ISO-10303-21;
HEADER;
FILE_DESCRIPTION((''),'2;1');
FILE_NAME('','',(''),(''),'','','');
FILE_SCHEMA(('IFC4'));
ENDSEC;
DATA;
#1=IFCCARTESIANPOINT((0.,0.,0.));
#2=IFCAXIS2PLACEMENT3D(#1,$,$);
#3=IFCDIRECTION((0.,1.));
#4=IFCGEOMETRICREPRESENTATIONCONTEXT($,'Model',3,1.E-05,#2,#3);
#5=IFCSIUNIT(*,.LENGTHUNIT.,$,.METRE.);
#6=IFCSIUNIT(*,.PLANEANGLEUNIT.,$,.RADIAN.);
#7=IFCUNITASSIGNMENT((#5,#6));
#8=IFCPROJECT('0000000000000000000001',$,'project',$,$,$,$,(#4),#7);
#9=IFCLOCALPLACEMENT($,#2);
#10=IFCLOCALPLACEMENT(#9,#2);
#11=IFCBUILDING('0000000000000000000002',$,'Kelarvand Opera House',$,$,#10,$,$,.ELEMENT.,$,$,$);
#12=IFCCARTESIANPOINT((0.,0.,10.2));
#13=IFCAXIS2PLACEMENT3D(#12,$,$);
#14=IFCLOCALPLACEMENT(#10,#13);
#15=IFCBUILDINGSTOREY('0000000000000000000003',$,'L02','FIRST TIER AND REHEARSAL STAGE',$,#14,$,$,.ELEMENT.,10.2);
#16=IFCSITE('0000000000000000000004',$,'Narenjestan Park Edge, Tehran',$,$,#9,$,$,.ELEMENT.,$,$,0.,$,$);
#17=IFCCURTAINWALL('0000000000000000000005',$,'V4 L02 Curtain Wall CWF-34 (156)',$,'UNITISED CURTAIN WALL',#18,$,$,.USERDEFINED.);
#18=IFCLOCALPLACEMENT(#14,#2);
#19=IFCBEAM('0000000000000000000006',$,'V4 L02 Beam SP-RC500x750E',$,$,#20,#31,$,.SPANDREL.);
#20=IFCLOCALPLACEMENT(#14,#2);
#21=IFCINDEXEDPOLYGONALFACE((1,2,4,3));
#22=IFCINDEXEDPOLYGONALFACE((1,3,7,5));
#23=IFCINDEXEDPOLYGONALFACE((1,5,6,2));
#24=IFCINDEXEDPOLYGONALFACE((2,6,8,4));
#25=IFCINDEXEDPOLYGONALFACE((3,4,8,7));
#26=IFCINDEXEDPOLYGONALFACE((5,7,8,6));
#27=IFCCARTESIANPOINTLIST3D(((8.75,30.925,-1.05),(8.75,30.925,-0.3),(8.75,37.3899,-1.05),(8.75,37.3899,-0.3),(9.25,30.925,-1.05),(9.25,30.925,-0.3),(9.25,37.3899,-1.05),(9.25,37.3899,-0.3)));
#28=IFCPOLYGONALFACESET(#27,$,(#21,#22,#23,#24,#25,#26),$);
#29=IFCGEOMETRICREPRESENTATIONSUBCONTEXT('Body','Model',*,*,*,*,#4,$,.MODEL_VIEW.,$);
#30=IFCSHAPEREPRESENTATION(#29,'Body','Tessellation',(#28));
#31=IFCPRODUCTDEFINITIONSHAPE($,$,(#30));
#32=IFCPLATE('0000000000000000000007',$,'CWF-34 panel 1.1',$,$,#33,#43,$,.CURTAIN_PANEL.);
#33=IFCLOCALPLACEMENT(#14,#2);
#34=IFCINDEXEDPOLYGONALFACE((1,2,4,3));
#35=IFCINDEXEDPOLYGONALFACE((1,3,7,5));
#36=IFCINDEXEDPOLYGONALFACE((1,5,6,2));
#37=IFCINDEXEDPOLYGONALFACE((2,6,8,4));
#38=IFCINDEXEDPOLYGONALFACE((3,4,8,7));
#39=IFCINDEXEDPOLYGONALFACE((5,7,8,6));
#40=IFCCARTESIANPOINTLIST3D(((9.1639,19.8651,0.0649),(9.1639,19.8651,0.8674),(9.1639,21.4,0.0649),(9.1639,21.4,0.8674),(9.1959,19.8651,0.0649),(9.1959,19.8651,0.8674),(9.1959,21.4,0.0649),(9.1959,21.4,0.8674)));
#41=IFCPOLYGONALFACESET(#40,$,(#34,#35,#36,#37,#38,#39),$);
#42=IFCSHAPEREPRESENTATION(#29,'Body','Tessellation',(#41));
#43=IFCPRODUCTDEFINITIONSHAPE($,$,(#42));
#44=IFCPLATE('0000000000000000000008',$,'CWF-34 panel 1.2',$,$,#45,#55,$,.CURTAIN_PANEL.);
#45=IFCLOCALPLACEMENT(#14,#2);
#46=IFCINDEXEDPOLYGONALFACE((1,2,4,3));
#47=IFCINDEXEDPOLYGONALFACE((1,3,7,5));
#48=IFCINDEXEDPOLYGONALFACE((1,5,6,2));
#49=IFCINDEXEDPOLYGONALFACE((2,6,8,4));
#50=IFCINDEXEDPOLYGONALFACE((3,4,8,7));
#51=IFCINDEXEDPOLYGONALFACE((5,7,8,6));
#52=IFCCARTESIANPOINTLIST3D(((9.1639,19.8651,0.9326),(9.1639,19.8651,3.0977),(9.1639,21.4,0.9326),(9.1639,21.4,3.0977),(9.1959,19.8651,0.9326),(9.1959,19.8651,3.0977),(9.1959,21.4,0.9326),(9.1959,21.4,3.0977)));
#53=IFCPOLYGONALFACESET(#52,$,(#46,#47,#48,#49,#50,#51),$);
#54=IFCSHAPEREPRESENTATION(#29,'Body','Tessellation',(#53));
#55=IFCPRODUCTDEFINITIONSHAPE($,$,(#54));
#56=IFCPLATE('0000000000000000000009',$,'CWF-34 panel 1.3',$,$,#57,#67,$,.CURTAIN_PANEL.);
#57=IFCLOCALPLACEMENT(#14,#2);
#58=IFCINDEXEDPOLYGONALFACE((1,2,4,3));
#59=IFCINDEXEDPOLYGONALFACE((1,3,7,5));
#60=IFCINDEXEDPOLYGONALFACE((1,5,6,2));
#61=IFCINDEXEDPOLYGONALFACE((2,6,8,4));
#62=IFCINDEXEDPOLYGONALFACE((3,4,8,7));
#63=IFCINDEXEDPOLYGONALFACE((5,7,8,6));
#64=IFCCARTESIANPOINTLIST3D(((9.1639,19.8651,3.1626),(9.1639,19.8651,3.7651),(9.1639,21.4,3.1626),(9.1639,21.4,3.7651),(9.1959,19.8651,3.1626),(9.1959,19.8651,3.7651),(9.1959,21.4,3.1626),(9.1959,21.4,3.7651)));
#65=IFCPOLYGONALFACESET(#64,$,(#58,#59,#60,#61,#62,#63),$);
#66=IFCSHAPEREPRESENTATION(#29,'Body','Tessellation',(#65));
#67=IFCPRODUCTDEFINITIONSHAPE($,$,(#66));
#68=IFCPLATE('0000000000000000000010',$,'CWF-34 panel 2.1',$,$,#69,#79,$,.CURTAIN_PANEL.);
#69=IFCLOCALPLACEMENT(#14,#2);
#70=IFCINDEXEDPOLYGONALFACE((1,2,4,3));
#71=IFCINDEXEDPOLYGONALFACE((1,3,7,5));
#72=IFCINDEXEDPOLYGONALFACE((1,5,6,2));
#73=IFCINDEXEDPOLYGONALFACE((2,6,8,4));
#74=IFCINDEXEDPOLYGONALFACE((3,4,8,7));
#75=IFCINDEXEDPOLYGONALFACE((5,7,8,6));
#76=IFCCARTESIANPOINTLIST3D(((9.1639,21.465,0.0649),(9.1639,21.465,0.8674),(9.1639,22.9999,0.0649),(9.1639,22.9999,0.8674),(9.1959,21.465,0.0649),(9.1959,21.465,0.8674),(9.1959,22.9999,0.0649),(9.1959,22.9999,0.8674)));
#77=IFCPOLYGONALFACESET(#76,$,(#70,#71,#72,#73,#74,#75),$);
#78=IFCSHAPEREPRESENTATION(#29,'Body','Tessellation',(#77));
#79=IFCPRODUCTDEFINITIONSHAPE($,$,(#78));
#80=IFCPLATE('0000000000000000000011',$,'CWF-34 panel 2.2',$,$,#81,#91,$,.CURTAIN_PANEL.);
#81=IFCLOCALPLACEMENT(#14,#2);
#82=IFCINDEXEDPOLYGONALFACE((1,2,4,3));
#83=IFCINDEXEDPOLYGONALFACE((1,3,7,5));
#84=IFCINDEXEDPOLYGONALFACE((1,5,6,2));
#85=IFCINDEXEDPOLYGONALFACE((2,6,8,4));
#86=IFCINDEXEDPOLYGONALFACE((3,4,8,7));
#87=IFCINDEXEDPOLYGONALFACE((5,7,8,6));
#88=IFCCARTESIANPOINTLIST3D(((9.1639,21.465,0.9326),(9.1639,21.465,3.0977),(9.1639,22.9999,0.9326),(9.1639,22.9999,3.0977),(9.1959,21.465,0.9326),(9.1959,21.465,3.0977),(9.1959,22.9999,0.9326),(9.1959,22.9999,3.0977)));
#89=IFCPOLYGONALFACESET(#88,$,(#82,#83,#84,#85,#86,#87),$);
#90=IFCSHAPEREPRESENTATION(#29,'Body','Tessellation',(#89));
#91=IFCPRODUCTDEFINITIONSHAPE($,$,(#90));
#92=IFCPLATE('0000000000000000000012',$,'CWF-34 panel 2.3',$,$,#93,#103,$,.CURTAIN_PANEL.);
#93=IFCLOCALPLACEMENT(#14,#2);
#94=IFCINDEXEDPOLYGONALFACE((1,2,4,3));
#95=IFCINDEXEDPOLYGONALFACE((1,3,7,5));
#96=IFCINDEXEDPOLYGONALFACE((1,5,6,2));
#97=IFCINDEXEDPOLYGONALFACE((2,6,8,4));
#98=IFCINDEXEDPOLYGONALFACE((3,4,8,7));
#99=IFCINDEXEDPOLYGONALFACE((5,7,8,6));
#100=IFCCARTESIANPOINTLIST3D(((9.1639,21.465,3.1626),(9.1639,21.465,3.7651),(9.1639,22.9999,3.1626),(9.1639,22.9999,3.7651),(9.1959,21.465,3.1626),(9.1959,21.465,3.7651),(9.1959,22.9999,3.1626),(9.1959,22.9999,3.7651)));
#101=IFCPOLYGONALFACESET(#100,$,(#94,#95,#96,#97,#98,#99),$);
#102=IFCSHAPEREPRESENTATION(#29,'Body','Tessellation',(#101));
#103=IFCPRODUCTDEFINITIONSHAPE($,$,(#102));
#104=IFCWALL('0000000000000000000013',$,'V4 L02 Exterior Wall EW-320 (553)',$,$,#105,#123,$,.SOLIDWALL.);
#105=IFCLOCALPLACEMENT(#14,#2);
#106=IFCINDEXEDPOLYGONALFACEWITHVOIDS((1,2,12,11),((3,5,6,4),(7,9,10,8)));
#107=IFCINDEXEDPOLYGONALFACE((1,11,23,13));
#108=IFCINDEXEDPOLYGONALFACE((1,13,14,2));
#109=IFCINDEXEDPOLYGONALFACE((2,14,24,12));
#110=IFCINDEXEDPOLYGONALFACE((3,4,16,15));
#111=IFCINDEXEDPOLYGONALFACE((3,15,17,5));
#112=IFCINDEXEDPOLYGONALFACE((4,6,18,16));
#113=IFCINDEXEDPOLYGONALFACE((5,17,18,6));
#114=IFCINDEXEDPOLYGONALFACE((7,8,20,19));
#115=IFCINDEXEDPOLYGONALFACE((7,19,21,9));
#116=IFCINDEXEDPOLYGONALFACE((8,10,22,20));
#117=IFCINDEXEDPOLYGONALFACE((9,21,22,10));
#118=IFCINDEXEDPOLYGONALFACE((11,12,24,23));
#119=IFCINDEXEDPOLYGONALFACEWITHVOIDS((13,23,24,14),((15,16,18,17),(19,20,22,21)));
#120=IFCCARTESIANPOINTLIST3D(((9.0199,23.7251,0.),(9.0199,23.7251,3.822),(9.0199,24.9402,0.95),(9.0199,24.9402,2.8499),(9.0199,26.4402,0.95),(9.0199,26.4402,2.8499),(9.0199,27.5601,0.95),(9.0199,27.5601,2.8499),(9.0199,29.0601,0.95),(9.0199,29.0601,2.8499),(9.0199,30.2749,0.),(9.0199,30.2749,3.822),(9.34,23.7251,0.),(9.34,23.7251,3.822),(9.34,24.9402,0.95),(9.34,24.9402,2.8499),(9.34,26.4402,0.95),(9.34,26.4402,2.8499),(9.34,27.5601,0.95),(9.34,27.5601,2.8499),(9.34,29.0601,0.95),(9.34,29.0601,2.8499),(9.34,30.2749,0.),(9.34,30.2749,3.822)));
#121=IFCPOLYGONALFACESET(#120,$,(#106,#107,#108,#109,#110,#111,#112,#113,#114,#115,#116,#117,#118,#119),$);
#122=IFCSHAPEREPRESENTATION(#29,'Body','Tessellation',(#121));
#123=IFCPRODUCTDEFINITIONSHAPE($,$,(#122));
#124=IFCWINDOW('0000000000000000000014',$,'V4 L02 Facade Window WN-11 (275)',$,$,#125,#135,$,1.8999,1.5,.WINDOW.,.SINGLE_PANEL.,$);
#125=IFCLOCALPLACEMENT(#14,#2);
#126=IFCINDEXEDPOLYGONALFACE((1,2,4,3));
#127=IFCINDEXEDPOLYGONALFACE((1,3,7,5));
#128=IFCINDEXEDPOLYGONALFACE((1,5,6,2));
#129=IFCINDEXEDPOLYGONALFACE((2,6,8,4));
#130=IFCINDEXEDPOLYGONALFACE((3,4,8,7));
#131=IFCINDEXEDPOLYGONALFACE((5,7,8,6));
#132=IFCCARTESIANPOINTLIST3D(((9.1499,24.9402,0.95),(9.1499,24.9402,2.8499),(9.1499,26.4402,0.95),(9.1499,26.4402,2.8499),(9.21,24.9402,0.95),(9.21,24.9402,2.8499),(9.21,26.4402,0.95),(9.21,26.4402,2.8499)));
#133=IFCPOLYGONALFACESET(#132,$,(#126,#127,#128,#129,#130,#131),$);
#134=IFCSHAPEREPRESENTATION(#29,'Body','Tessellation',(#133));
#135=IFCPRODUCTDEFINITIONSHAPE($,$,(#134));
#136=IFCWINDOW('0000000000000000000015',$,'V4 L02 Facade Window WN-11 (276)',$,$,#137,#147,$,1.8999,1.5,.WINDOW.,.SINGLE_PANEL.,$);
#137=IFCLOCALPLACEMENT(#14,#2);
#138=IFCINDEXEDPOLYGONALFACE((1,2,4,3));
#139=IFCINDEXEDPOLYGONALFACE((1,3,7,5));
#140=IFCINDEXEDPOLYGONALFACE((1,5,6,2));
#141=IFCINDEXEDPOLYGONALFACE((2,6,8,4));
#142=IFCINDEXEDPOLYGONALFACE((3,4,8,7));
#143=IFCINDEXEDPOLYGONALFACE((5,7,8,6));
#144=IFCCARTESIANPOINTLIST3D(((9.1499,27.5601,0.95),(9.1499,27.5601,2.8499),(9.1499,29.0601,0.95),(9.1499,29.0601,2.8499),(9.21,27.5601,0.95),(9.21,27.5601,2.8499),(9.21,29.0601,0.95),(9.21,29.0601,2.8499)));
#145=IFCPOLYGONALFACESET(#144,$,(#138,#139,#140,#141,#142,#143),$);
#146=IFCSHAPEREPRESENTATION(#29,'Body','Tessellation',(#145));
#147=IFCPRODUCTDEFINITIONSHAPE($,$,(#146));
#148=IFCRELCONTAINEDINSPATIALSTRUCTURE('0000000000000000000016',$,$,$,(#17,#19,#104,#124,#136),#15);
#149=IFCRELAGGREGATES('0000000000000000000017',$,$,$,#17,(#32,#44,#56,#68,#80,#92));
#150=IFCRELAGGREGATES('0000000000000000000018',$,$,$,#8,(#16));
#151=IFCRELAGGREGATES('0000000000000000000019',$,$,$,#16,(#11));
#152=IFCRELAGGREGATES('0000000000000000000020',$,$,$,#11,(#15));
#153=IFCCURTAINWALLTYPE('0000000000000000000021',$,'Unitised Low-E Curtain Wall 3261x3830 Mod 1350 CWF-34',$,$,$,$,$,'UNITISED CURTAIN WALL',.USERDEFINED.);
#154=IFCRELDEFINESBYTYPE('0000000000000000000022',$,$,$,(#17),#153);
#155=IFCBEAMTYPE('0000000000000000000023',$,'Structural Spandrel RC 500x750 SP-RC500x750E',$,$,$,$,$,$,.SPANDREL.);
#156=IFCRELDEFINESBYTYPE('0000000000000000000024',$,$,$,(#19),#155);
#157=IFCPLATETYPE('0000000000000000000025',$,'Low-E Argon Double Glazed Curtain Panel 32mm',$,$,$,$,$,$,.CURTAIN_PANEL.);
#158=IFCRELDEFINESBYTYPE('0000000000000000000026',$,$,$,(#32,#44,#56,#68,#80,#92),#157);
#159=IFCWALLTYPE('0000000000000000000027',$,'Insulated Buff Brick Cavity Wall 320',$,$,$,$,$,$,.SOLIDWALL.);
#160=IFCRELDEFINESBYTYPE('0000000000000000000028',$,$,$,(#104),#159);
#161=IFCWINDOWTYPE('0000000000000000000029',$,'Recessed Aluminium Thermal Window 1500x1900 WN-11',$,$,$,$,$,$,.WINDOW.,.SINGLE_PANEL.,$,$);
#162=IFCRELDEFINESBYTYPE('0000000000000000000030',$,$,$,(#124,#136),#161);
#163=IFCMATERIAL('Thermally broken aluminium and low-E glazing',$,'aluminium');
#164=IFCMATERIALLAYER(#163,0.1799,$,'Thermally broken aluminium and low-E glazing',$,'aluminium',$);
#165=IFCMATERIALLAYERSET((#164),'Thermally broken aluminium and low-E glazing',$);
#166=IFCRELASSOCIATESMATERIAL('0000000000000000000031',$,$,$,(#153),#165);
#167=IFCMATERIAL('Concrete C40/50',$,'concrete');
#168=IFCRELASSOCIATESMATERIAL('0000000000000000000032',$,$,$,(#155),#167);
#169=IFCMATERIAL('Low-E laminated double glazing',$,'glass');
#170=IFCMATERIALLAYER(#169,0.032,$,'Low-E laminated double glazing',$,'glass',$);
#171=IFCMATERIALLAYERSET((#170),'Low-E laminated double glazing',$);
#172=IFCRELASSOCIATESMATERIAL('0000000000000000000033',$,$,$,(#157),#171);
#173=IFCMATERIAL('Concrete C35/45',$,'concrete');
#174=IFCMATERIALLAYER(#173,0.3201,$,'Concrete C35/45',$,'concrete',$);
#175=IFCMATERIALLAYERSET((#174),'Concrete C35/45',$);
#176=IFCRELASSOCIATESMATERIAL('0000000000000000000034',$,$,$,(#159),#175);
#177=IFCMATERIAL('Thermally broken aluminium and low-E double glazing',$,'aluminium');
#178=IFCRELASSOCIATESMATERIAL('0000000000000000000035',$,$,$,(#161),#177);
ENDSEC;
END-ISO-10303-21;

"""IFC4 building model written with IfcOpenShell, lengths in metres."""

from ifc_helpers import new_model, si_unit, direction, frame, frame_2d, origin, origin_2d, place, context, subcontext, project, spatial, rectangle, extrude, material, layer, layer_set, material_profile, profile_set, type_object, element, fill, aggregate, save


model = new_model("IFC4")

# Units and contexts
model_context = context("Model", 3, precision=1e-05, world=origin(), true_north=direction((0.0, 1.0)))
body_context = subcontext(model_context, "Body", "Model", "MODEL_VIEW")
ifc_project = project(units=[si_unit("LENGTHUNIT", "METRE"), si_unit("PLANEANGLEUNIT", "RADIAN")], contexts=[model_context])

# Site, building, storey
site_placement = place(None, origin())
site = spatial("IfcSite", under=ifc_project, at=site_placement, Name="Narenjestan Park Edge, Tehran", CompositionType="ELEMENT", RefElevation=0.0)
building_placement = place(site_placement, origin())
building = spatial("IfcBuilding", under=site, at=building_placement, Name="Kelarvand Opera House", CompositionType="ELEMENT")
storey_placement = place(building_placement, frame((0.0, 0.0, 10.2)))
storey = spatial("IfcBuildingStorey", under=building, at=storey_placement, Name="L02", Description="FIRST TIER AND REHEARSAL STAGE", CompositionType="ELEMENT", Elevation=10.2)

# Shared definitions
ifc_material_1 = material(Name="Concrete C40/50", Category="concrete")

# Curtain wall
ifc_material_2 = material(Name="Thermally broken aluminium and low-E glazing", Category="aluminium")
ifc_layer_1 = layer(ifc_material_2, 0.1799, Name="Thermally broken aluminium and low-E glazing", Category="aluminium")
ifc_layer_set_1 = layer_set([ifc_layer_1], Name="Thermally broken aluminium and low-E glazing")
curtain_wall_type_1 = type_object("IfcCurtainWallType", Name="Unitised Low-E Curtain Wall 3261x3830 Mod 1350 CWF-34", ElementType="UNITISED CURTAIN WALL", PredefinedType="USERDEFINED", material=ifc_layer_set_1)
curtain_wall_1_placement = place(storey_placement, origin())
curtain_wall_1 = element("IfcCurtainWall", 1, at=curtain_wall_1_placement, inside=storey, type_object=curtain_wall_type_1, Name="V4 L02 Curtain Wall CWF-34 (156)", ObjectType="UNITISED CURTAIN WALL", PredefinedType="USERDEFINED")

# Beam
ifc_material_profile_1 = material_profile(ifc_material_1, rectangle(XDim=0.5, YDim=0.75, at=origin_2d()), Name="RC 500x750", Category="concrete")
ifc_profile_set_1 = profile_set([ifc_material_profile_1], Name="Concrete C40/50")
beam_type_1 = type_object("IfcBeamType", Name="Structural Spandrel RC 500x750 SP-RC500x750E", PredefinedType="SPANDREL", material=ifc_profile_set_1)
beam_1_placement = place(storey_placement, frame((9.0, 30.925, -0.675), z_axis=(0.0, 1.0, 0.0), x_axis=(-1.0, 0.0, 0.0)))
element("IfcBeam", 2, at=beam_1_placement, inside=storey, type_object=beam_type_1, Name="V4 L02 Beam SP-RC500x750E", PredefinedType="SPANDREL", context=body_context, shape_type="SweptSolid", body=[
    extrude(rectangle(XDim=0.5, YDim=0.75, at=origin_2d()), origin(), (0.0, 0.0, 1.0), 6.4648),
])

# Plates
ifc_material_3 = material(Name="Low-E laminated double glazing", Category="glass")
ifc_layer_2 = layer(ifc_material_3, 0.032, Name="Low-E laminated double glazing", Category="glass")
ifc_layer_set_2 = layer_set([ifc_layer_2], Name="Low-E laminated double glazing")
plate_type = type_object("IfcPlateType", Name="Low-E Argon Double Glazed Curtain Panel 32mm", PredefinedType="CURTAIN_PANEL", material=ifc_layer_set_2)
plate_1_placement = place(storey_placement, frame((9.1799, 20.6326, 0.0649), z_axis=(0.0, 0.0, 1.0), x_axis=(0.0, 1.0, 0.0)))
plate_1 = element("IfcPlate", 3, at=plate_1_placement, type_object=plate_type, Name="CWF-34 panel 1.1", PredefinedType="CURTAIN_PANEL", context=body_context, shape_type="SweptSolid", body=[
    extrude(rectangle(XDim=1.5349, YDim=0.032, at=origin_2d()), origin(), (0.0, 0.0, 1.0), 0.8025),
])
plate_2_placement = place(storey_placement, frame((9.1799, 20.6326, 0.9326), z_axis=(0.0, 0.0, 1.0), x_axis=(0.0, 1.0, 0.0)))
plate_2 = element("IfcPlate", 4, at=plate_2_placement, type_object=plate_type, Name="CWF-34 panel 1.2", PredefinedType="CURTAIN_PANEL", context=body_context, shape_type="SweptSolid", body=[
    extrude(rectangle(XDim=1.5349, YDim=0.032, at=origin_2d()), origin(), (0.0, 0.0, 1.0), 2.165),
])
plate_3_placement = place(storey_placement, frame((9.1799, 20.6326, 3.1626), z_axis=(0.0, 0.0, 1.0), x_axis=(0.0, 1.0, 0.0)))
plate_3 = element("IfcPlate", 5, at=plate_3_placement, type_object=plate_type, Name="CWF-34 panel 1.3", PredefinedType="CURTAIN_PANEL", context=body_context, shape_type="SweptSolid", body=[
    extrude(rectangle(XDim=1.5349, YDim=0.032, at=origin_2d()), origin(), (0.0, 0.0, 1.0), 0.6025),
])
plate_4_placement = place(storey_placement, frame((9.1799, 22.2324, 0.0649), z_axis=(0.0, 0.0, 1.0), x_axis=(0.0, 1.0, 0.0)))
plate_4 = element("IfcPlate", 6, at=plate_4_placement, type_object=plate_type, Name="CWF-34 panel 2.1", PredefinedType="CURTAIN_PANEL", context=body_context, shape_type="SweptSolid", body=[
    extrude(rectangle(XDim=1.5349, YDim=0.032, at=origin_2d()), origin(), (0.0, 0.0, 1.0), 0.8025),
])
plate_5_placement = place(storey_placement, frame((9.1799, 22.2324, 0.9326), z_axis=(0.0, 0.0, 1.0), x_axis=(0.0, 1.0, 0.0)))
plate_5 = element("IfcPlate", 7, at=plate_5_placement, type_object=plate_type, Name="CWF-34 panel 2.2", PredefinedType="CURTAIN_PANEL", context=body_context, shape_type="SweptSolid", body=[
    extrude(rectangle(XDim=1.5349, YDim=0.032, at=origin_2d()), origin(), (0.0, 0.0, 1.0), 2.165),
])
plate_6_placement = place(storey_placement, frame((9.1799, 22.2324, 3.1626), z_axis=(0.0, 0.0, 1.0), x_axis=(0.0, 1.0, 0.0)))
plate_6 = element("IfcPlate", 8, at=plate_6_placement, type_object=plate_type, Name="CWF-34 panel 2.3", PredefinedType="CURTAIN_PANEL", context=body_context, shape_type="SweptSolid", body=[
    extrude(rectangle(XDim=1.5349, YDim=0.032, at=origin_2d()), origin(), (0.0, 0.0, 1.0), 0.6025),
])
aggregate(curtain_wall_1, [plate_1, plate_2, plate_3, plate_4, plate_5, plate_6])

# Wall, openings, windows
ifc_material_4 = material(Name="Concrete C35/45", Category="concrete")
ifc_layer_3 = layer(ifc_material_4, 0.3201, Name="Concrete C35/45", Category="concrete")
ifc_layer_set_3 = layer_set([ifc_layer_3], Name="Concrete C35/45")
wall_type = type_object("IfcWallType", Name="Insulated Buff Brick Cavity Wall 320", PredefinedType="SOLIDWALL", material=ifc_layer_set_3)
wall_placement = place(storey_placement, frame((9.1799, 23.7251, 0.0), z_axis=(0.0, 0.0, 1.0), x_axis=(0.0, 1.0, 0.0)))
wall = element("IfcWall", 9, at=wall_placement, inside=storey, type_object=wall_type, Name="V4 L02 Exterior Wall EW-320 (553)", PredefinedType="SOLIDWALL", context=body_context, shape_type="SweptSolid", body=[
    extrude(rectangle(XDim=6.5498, YDim=0.3201, at=frame_2d((3.2749, 0.0))), origin(), (0.0, 0.0, 1.0), 3.822),
])
opening_1_placement = place(wall_placement, frame((1.2151, 0.0, 0.95)))
opening_1 = element("IfcOpeningElement", 10, at=opening_1_placement, cuts=wall, PredefinedType="OPENING", context=body_context, shape_type="SweptSolid", body=[
    extrude(rectangle(XDim=1.5, YDim=1.8999, at=frame_2d((0.75, 0.95))), frame((0.0, 0.1699, 0.0), z_axis=(0.0, -1.0, 0.0), x_axis=(1.0, 0.0, 0.0)), (0.0, 0.0, 1.0), 0.3401),
])
opening_2_placement = place(wall_placement, frame((3.835, 0.0, 0.95)))
opening_2 = element("IfcOpeningElement", 11, at=opening_2_placement, cuts=wall, PredefinedType="OPENING", context=body_context, shape_type="SweptSolid", body=[
    extrude(rectangle(XDim=1.5, YDim=1.8999, at=frame_2d((0.75, 0.95))), frame((0.0, 0.1699, 0.0), z_axis=(0.0, -1.0, 0.0), x_axis=(1.0, 0.0, 0.0)), (0.0, 0.0, 1.0), 0.3401),
])
ifc_material_5 = material(Name="Thermally broken aluminium and low-E double glazing", Category="aluminium")
window_type = type_object("IfcWindowType", Name="Recessed Aluminium Thermal Window 1500x1900 WN-11", PartitioningType="SINGLE_PANEL", PredefinedType="WINDOW", material=ifc_material_5)
window_1_placement = place(opening_1_placement, origin())
window_1 = element("IfcWindow", 12, at=window_1_placement, inside=storey, type_object=window_type, Name="V4 L02 Facade Window WN-11 (275)", OverallHeight=1.8999, OverallWidth=1.5, PartitioningType="SINGLE_PANEL", PredefinedType="WINDOW", context=body_context, shape_type="SweptSolid", body=[
    extrude(rectangle(XDim=1.5, YDim=1.8999, at=frame_2d((0.75, 0.95))), frame((0.0, 0.03, 0.0), z_axis=(0.0, -1.0, 0.0), x_axis=(1.0, 0.0, 0.0)), (0.0, 0.0, 1.0), 0.0601),
])
fill(opening_1, window_1)
window_2_placement = place(opening_2_placement, origin())
window_2 = element("IfcWindow", 13, at=window_2_placement, inside=storey, type_object=window_type, Name="V4 L02 Facade Window WN-11 (276)", OverallHeight=1.8999, OverallWidth=1.5, PartitioningType="SINGLE_PANEL", PredefinedType="WINDOW", context=body_context, shape_type="SweptSolid", body=[
    extrude(rectangle(XDim=1.5, YDim=1.8999, at=frame_2d((0.75, 0.95))), frame((0.0, 0.03, 0.0), z_axis=(0.0, -1.0, 0.0), x_axis=(1.0, 0.0, 0.0)), (0.0, 0.0, 1.0), 0.0601),
])
fill(opening_2, window_2)

save(model, "model.ifc")
